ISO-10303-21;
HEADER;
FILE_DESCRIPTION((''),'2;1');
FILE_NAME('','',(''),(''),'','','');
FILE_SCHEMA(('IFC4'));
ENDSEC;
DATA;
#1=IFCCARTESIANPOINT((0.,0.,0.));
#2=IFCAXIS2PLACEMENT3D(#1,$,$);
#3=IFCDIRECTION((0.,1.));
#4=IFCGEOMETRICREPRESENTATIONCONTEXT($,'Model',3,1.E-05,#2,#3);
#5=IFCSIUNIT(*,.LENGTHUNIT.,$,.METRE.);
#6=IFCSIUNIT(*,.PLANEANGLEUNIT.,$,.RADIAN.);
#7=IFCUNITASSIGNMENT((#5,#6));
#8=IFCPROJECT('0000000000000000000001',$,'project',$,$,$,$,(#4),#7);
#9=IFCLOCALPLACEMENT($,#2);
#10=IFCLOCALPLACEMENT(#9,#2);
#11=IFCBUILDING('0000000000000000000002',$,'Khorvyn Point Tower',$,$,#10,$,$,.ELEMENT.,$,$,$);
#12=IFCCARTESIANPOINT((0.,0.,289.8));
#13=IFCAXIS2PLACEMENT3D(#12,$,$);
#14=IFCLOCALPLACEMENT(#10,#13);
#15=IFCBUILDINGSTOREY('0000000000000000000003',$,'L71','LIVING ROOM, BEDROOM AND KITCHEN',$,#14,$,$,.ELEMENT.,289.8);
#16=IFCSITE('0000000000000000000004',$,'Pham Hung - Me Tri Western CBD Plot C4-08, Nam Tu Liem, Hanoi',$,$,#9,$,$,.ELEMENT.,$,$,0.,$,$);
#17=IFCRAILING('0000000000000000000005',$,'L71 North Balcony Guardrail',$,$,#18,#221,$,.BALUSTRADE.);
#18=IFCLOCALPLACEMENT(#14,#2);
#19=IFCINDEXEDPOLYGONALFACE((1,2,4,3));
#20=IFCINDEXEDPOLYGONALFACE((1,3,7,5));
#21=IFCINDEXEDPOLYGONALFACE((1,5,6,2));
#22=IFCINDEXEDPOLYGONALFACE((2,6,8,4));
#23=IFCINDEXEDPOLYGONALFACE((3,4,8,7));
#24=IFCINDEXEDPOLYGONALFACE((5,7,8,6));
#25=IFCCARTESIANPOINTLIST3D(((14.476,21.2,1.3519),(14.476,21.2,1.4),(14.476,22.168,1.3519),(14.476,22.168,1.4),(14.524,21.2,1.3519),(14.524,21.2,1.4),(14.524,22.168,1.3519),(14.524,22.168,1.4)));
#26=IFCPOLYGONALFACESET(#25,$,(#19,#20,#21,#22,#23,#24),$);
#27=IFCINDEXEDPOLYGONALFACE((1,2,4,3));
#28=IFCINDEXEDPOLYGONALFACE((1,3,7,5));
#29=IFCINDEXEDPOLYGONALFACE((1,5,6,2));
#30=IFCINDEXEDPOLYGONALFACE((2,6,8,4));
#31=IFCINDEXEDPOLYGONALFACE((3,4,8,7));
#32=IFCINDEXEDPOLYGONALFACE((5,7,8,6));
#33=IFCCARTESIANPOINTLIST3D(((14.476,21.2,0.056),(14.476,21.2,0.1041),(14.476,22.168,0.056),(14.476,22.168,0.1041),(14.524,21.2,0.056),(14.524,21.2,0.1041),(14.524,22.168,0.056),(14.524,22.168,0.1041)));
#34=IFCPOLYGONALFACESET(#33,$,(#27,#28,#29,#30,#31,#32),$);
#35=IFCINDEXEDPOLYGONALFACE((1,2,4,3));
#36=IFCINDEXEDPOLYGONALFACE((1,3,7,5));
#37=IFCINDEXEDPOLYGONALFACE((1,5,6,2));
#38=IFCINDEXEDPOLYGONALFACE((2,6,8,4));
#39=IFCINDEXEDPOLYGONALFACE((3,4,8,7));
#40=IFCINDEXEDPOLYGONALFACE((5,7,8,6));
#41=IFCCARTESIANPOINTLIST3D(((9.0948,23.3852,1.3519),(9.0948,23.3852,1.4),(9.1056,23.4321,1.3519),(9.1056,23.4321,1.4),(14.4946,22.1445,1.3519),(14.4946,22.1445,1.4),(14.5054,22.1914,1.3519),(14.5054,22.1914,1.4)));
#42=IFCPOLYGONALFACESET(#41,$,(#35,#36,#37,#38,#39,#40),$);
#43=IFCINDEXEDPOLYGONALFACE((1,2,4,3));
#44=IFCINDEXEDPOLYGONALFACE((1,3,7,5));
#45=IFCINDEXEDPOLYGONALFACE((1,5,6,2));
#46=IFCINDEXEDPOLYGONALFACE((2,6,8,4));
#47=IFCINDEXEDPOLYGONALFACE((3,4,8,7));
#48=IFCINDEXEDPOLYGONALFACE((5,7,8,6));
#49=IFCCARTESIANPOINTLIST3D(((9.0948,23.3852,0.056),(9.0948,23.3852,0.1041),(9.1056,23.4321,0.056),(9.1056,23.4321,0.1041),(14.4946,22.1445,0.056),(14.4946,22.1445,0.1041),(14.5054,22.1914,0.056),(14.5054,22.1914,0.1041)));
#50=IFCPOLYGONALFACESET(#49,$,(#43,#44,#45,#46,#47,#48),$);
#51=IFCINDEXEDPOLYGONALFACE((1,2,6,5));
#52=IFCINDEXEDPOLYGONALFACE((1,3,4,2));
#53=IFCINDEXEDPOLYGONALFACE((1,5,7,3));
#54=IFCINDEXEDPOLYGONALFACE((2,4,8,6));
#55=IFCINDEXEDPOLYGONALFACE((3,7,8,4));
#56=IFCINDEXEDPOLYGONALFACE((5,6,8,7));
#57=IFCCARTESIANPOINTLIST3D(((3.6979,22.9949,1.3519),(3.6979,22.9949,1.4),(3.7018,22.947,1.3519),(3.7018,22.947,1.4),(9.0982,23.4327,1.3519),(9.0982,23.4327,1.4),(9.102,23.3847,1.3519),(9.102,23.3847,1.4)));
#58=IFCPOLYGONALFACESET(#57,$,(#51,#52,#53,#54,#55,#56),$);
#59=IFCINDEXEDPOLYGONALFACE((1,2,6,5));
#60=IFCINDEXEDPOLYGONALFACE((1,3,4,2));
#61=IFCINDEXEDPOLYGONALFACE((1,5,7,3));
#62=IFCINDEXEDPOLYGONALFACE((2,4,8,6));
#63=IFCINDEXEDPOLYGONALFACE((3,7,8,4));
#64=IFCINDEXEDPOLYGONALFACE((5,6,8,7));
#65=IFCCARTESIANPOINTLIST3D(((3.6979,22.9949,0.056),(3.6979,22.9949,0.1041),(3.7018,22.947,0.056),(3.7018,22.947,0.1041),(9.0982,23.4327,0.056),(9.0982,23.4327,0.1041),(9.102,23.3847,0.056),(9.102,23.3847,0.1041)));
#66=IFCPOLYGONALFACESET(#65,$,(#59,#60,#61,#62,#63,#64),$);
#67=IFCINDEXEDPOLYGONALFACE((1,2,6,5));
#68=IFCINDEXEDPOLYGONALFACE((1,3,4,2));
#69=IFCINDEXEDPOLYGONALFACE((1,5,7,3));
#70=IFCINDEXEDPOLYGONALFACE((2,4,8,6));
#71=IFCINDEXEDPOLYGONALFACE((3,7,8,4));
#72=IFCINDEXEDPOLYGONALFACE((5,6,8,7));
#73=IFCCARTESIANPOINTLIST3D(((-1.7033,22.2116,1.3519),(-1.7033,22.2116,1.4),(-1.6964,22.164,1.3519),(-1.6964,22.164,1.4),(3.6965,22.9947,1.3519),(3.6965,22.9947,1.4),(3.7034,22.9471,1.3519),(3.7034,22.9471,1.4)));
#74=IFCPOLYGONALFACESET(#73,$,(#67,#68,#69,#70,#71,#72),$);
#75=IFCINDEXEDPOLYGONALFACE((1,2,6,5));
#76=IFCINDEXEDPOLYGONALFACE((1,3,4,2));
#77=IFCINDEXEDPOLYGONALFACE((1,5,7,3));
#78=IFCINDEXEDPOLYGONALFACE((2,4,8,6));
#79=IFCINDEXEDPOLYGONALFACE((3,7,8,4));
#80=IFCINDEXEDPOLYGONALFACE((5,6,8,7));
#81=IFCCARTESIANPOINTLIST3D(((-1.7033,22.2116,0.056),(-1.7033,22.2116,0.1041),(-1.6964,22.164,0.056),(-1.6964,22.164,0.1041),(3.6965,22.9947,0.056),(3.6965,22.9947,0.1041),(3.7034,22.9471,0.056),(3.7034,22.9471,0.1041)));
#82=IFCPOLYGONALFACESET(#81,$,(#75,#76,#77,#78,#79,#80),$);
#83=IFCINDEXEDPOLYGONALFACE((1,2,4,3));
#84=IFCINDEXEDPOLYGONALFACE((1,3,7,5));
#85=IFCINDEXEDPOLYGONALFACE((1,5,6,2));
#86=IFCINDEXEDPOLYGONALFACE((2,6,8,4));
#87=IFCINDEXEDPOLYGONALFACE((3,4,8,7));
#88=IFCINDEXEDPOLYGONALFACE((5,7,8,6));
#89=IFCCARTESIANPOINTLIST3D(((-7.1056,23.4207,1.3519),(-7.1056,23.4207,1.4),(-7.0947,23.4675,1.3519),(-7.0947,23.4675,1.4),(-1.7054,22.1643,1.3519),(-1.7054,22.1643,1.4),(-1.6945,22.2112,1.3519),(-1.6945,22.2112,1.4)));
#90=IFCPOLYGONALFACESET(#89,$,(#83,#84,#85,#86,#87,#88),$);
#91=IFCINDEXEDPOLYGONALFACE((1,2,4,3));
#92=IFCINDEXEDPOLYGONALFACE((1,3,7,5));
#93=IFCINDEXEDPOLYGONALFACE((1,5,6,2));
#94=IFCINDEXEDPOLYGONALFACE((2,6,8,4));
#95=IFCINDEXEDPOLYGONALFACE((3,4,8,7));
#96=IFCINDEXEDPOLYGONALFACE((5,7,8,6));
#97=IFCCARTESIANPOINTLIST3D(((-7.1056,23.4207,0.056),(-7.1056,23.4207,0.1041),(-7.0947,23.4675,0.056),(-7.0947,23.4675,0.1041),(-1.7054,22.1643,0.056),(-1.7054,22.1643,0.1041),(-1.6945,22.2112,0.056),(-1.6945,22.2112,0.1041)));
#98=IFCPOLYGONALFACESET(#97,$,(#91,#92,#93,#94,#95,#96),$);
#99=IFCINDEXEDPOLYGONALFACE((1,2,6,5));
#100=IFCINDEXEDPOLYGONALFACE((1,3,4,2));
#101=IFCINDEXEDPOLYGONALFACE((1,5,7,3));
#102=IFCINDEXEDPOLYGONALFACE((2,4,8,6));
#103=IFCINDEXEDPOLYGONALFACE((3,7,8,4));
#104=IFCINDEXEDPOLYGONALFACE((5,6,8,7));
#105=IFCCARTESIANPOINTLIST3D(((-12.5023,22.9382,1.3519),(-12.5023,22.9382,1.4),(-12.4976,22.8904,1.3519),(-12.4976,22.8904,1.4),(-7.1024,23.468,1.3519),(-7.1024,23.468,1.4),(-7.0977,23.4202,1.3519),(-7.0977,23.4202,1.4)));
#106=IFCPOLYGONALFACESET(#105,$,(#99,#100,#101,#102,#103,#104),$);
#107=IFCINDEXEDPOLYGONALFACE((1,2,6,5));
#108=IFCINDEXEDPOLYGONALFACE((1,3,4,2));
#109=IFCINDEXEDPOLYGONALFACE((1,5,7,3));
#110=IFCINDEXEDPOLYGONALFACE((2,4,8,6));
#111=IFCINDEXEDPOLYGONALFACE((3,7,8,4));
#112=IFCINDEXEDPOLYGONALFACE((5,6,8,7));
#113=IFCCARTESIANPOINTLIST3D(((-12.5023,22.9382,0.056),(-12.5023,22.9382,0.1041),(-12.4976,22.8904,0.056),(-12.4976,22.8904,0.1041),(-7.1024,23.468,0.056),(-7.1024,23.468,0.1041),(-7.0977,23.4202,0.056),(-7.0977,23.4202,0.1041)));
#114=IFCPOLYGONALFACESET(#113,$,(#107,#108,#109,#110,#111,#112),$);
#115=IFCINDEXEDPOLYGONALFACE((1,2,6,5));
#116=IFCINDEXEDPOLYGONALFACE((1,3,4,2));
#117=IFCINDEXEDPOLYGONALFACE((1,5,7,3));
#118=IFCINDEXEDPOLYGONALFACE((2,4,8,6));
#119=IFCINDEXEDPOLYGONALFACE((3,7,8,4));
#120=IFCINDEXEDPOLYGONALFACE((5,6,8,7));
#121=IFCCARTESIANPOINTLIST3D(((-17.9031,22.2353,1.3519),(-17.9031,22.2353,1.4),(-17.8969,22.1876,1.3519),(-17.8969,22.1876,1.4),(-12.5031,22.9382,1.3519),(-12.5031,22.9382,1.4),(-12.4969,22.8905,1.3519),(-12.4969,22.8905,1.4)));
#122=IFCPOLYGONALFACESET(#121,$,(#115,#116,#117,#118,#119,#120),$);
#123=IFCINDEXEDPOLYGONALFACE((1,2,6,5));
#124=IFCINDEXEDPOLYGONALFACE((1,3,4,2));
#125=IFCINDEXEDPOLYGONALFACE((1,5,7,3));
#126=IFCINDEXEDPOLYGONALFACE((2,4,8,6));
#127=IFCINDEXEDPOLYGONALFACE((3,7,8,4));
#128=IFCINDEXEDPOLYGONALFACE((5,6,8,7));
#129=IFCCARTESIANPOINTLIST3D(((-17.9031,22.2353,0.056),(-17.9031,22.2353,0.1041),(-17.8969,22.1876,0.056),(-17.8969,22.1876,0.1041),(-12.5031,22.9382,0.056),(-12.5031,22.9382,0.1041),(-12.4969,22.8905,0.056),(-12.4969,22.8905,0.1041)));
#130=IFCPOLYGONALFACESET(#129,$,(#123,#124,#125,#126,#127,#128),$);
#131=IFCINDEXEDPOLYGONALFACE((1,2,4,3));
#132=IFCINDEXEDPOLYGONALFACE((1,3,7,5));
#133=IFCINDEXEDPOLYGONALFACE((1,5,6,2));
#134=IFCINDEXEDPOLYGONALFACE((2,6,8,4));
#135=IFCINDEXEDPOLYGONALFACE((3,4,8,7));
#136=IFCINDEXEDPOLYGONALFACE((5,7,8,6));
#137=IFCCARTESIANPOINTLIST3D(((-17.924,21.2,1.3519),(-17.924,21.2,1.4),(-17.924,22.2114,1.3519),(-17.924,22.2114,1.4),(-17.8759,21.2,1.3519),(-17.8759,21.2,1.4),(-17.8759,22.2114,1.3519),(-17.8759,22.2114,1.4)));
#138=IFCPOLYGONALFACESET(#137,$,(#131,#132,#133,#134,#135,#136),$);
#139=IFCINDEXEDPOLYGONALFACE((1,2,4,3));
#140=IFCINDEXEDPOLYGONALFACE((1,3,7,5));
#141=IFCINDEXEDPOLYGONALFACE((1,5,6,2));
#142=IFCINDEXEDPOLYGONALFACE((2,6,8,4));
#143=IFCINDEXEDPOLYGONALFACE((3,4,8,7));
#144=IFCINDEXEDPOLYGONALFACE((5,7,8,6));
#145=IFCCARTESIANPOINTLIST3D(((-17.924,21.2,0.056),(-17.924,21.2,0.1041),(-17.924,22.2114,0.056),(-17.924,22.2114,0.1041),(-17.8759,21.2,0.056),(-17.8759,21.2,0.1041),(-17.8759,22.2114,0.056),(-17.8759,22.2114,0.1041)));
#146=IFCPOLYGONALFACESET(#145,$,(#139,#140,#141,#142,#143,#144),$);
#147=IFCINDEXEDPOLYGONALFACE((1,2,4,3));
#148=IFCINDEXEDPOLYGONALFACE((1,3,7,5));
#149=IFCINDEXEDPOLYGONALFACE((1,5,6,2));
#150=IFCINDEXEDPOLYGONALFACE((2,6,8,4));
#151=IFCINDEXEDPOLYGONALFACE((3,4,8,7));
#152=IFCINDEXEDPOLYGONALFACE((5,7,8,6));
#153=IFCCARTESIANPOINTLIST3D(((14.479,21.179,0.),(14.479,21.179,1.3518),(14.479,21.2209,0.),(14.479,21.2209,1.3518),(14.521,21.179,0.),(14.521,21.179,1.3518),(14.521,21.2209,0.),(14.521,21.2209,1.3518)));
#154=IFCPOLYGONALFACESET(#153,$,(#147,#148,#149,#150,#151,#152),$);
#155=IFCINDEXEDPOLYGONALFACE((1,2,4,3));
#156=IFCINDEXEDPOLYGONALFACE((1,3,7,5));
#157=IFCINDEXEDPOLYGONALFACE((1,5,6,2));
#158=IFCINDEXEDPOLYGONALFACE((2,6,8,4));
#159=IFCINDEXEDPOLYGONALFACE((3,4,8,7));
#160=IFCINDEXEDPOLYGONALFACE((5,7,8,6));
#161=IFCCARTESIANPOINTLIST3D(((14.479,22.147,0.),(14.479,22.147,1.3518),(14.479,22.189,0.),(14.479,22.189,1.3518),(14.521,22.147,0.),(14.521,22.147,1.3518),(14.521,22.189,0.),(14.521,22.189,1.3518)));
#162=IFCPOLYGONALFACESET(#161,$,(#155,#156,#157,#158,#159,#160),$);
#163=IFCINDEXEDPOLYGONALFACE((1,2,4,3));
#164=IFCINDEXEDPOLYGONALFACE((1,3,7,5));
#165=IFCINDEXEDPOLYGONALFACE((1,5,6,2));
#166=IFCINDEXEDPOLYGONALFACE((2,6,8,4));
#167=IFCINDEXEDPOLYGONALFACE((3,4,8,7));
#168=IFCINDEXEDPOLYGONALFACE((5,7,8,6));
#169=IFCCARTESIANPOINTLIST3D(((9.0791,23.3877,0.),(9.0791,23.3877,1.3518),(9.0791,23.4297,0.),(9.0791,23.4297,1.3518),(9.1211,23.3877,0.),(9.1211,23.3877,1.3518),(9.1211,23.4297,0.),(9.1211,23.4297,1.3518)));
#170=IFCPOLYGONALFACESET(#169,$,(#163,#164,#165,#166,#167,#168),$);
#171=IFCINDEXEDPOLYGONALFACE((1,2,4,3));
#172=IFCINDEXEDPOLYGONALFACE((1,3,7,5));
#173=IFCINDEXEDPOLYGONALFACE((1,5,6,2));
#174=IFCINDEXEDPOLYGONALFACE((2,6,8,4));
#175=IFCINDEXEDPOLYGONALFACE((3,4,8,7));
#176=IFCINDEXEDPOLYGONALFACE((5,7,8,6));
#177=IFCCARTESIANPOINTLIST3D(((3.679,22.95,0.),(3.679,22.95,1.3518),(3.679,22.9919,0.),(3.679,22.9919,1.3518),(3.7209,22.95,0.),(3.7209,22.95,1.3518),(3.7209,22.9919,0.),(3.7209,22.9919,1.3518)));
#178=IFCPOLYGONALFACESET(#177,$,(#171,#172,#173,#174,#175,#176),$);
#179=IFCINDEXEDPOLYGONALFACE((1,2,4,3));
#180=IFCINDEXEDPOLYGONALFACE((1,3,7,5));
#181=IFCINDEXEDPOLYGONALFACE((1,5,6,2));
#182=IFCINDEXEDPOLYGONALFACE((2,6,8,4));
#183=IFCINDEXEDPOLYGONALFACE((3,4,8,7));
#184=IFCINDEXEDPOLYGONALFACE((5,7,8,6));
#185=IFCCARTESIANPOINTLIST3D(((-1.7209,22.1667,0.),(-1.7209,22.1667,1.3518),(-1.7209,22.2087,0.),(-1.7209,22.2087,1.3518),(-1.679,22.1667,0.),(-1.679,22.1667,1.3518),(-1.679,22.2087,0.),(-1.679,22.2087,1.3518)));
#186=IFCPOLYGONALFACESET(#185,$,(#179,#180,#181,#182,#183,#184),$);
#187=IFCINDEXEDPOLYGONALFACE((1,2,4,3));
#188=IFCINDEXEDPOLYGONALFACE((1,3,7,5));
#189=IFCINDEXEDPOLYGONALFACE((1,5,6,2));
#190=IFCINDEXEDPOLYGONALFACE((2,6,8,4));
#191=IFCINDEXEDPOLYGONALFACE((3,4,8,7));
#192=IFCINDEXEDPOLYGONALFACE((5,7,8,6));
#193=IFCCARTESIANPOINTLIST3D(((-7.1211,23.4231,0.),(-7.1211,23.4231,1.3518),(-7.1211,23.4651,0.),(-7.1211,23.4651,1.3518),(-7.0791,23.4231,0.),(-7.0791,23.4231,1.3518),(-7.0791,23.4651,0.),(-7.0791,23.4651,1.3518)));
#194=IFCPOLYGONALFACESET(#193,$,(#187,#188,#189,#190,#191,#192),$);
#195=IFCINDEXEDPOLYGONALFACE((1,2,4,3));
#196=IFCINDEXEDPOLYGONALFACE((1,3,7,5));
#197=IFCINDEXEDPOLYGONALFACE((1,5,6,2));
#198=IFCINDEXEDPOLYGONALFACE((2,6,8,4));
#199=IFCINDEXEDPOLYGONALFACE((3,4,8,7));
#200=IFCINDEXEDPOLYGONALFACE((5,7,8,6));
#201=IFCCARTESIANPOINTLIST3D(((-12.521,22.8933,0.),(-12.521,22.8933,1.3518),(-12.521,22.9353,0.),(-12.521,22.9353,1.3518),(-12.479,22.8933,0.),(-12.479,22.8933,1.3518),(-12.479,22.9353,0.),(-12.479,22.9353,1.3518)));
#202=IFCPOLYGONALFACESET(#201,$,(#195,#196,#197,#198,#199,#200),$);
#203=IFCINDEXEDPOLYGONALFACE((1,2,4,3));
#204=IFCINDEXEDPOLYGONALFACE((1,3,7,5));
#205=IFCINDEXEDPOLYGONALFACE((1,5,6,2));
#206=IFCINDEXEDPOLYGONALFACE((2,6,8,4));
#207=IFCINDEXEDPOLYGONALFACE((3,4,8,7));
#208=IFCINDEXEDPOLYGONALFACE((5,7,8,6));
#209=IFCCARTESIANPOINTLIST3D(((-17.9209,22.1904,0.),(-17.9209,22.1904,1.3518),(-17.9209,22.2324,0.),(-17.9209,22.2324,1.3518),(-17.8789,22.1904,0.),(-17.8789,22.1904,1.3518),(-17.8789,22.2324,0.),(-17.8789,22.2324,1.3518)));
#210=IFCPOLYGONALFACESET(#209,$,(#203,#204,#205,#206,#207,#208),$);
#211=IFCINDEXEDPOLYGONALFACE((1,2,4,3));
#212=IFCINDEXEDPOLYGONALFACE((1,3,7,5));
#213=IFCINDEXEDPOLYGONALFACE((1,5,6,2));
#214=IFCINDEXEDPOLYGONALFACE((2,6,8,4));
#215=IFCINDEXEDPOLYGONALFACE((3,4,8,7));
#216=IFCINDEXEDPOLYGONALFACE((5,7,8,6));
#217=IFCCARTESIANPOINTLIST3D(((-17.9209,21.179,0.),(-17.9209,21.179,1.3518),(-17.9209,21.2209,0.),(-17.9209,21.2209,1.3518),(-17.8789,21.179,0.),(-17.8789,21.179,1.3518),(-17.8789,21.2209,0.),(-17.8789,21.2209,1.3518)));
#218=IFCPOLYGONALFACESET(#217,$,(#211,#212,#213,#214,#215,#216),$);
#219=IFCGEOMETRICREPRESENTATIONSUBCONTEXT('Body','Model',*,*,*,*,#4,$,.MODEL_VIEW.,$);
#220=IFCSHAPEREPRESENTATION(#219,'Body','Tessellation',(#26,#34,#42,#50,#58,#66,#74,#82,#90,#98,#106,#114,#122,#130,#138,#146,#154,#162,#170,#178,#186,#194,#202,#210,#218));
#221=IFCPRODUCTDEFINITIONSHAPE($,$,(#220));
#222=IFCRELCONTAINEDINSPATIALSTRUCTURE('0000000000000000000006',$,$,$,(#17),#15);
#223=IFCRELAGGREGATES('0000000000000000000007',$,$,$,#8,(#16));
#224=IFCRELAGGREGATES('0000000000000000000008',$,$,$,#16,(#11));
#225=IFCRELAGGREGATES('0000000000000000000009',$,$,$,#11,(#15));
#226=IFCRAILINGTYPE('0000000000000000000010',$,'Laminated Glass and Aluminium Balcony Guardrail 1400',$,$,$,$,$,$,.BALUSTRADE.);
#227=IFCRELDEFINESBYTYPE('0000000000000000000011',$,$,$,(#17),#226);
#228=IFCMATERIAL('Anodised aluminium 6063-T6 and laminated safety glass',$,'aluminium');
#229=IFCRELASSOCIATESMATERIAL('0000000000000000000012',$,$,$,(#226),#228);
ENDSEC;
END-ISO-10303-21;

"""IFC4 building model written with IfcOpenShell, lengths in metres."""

from ifc_helpers import new_model, si_unit, direction, frame, origin, origin_2d, place, context, subcontext, project, spatial, rectangle, extrude, material, type_object, element, save


model = new_model("IFC4")

# Units and contexts
model_context = context("Model", 3, precision=1e-05, world=origin(), true_north=direction((0.0, 1.0)))
body_context = subcontext(model_context, "Body", "Model", "MODEL_VIEW")
ifc_project = project(units=[si_unit("LENGTHUNIT", "METRE"), si_unit("PLANEANGLEUNIT", "RADIAN")], contexts=[model_context])

# Site, building, storey
site_placement = place(None, origin())
site = spatial("IfcSite", under=ifc_project, at=site_placement, Name="Pham Hung - Me Tri Western CBD Plot C4-08, Nam Tu Liem, Hanoi", CompositionType="ELEMENT", RefElevation=0.0)
building_placement = place(site_placement, origin())
building = spatial("IfcBuilding", under=site, at=building_placement, Name="Khorvyn Point Tower", CompositionType="ELEMENT")
storey_placement = place(building_placement, frame((0.0, 0.0, 289.8)))
storey = spatial("IfcBuildingStorey", under=building, at=storey_placement, Name="L71", Description="LIVING ROOM, BEDROOM AND KITCHEN", CompositionType="ELEMENT", Elevation=289.8)

# Railing
ifc_material_1 = material(Name="Anodised aluminium 6063-T6 and laminated safety glass", Category="aluminium")
railing_type = type_object("IfcRailingType", Name="Laminated Glass and Aluminium Balcony Guardrail 1400", PredefinedType="BALUSTRADE", material=ifc_material_1)
railing_1_placement = place(storey_placement, frame((14.5, 21.2, 0.0)))
element("IfcRailing", 1, at=railing_1_placement, inside=storey, type_object=railing_type, Name="L71 North Balcony Guardrail", PredefinedType="BALUSTRADE", context=body_context, shape_type="SweptSolid", body=[
    extrude(rectangle(XDim=0.0481, YDim=0.0481, at=origin_2d()), frame((0.0, 0.0, 1.376), z_axis=(0.0, 1.0, 0.0), x_axis=(-1.0, 0.0, 0.0)), (0.0, 0.0, 1.0), 0.968),
    extrude(rectangle(XDim=0.0481, YDim=0.0481, at=origin_2d()), frame((0.0, 0.0, 0.0801), z_axis=(0.0, 1.0, 0.0), x_axis=(-1.0, 0.0, 0.0)), (0.0, 0.0, 1.0), 0.968),
    extrude(rectangle(XDim=0.0481, YDim=0.0481, at=origin_2d()), frame((0.0, 0.968, 1.376), z_axis=(-0.974605, 0.223933, 0.0), x_axis=(-0.223933, -0.974605, 0.0)), (0.0, 0.0, 1.0), 5.5405),
    extrude(rectangle(XDim=0.0481, YDim=0.0481, at=origin_2d()), frame((0.0, 0.968, 0.0801), z_axis=(-0.974605, 0.223933, 0.0), x_axis=(-0.223933, -0.974605, 0.0)), (0.0, 0.0, 1.0), 5.5405),
    extrude(rectangle(XDim=0.0481, YDim=0.0481, at=origin_2d()), frame((-5.3999, 2.2087, 1.376), z_axis=(-0.996731, -0.080797, 0.0), x_axis=(0.080797, -0.996731, 0.0)), (0.0, 0.0, 1.0), 5.418),
    extrude(rectangle(XDim=0.0481, YDim=0.0481, at=origin_2d()), frame((-5.3999, 2.2087, 0.0801), z_axis=(-0.996731, -0.080797, 0.0), x_axis=(0.080797, -0.996731, 0.0)), (0.0, 0.0, 1.0), 5.418),
    extrude(rectangle(XDim=0.0481, YDim=0.0481, at=origin_2d()), frame((-10.8, 1.771, 1.376), z_axis=(-0.989645, -0.143538, 0.0), x_axis=(0.143538, -0.989645, 0.0)), (0.0, 0.0, 1.0), 5.4563),
    extrude(rectangle(XDim=0.0481, YDim=0.0481, at=origin_2d()), frame((-10.8, 1.771, 0.0801), z_axis=(-0.989645, -0.143538, 0.0), x_axis=(0.143538, -0.989645, 0.0)), (0.0, 0.0, 1.0), 5.4563),
    extrude(rectangle(XDim=0.0481, YDim=0.0481, at=origin_2d()), frame((-16.2, 0.9878, 1.376), z_axis=(-0.973988, 0.226599, 0.0), x_axis=(-0.226599, -0.973988, 0.0)), (0.0, 0.0, 1.0), 5.5444),
    extrude(rectangle(XDim=0.0481, YDim=0.0481, at=origin_2d()), frame((-16.2, 0.9878, 0.0801), z_axis=(-0.973988, 0.226599, 0.0), x_axis=(-0.226599, -0.973988, 0.0)), (0.0, 0.0, 1.0), 5.5444),
    extrude(rectangle(XDim=0.0481, YDim=0.0481, at=origin_2d()), frame((-21.6001, 2.2441, 1.376), z_axis=(-0.995222, -0.097641, 0.0), x_axis=(0.097641, -0.995222, 0.0)), (0.0, 0.0, 1.0), 5.4258),
    extrude(rectangle(XDim=0.0481, YDim=0.0481, at=origin_2d()), frame((-21.6001, 2.2441, 0.0801), z_axis=(-0.995222, -0.097641, 0.0), x_axis=(0.097641, -0.995222, 0.0)), (0.0, 0.0, 1.0), 5.4258),
    extrude(rectangle(XDim=0.0481, YDim=0.0481, at=origin_2d()), frame((-27.0, 1.7144, 1.376), z_axis=(-0.991635, -0.129077, 0.0), x_axis=(0.129077, -0.991635, 0.0)), (0.0, 0.0, 1.0), 5.4456),
    extrude(rectangle(XDim=0.0481, YDim=0.0481, at=origin_2d()), frame((-27.0, 1.7144, 0.0801), z_axis=(-0.991635, -0.129077, 0.0), x_axis=(0.129077, -0.991635, 0.0)), (0.0, 0.0, 1.0), 5.4456),
    extrude(rectangle(XDim=0.0481, YDim=0.0481, at=origin_2d()), frame((-32.3999, 1.0115, 1.376), z_axis=(0.0, -1.0, 0.0), x_axis=(1.0, 0.0, 0.0)), (0.0, 0.0, 1.0), 1.0115),
    extrude(rectangle(XDim=0.0481, YDim=0.0481, at=origin_2d()), frame((-32.3999, 1.0115, 0.0801), z_axis=(0.0, -1.0, 0.0), x_axis=(1.0, 0.0, 0.0)), (0.0, 0.0, 1.0), 1.0115),
    extrude(rectangle(XDim=0.042, YDim=0.042, at=origin_2d()), origin(), (0.0, 0.0, 1.0), 1.3518),
    extrude(rectangle(XDim=0.042, YDim=0.042, at=origin_2d()), frame((0.0, 0.968, 0.0)), (0.0, 0.0, 1.0), 1.3518),
    extrude(rectangle(XDim=0.042, YDim=0.042, at=origin_2d()), frame((-5.3999, 2.2087, 0.0)), (0.0, 0.0, 1.0), 1.3518),
    extrude(rectangle(XDim=0.042, YDim=0.042, at=origin_2d()), frame((-10.8, 1.771, 0.0)), (0.0, 0.0, 1.0), 1.3518),
    extrude(rectangle(XDim=0.042, YDim=0.042, at=origin_2d()), frame((-16.2, 0.9878, 0.0)), (0.0, 0.0, 1.0), 1.3518),
    extrude(rectangle(XDim=0.042, YDim=0.042, at=origin_2d()), frame((-21.6001, 2.2441, 0.0)), (0.0, 0.0, 1.0), 1.3518),
    extrude(rectangle(XDim=0.042, YDim=0.042, at=origin_2d()), frame((-27.0, 1.7144, 0.0)), (0.0, 0.0, 1.0), 1.3518),
    extrude(rectangle(XDim=0.042, YDim=0.042, at=origin_2d()), frame((-32.3999, 1.0115, 0.0)), (0.0, 0.0, 1.0), 1.3518),
    extrude(rectangle(XDim=0.042, YDim=0.042, at=origin_2d()), frame((-32.3999, 0.0, 0.0)), (0.0, 0.0, 1.0), 1.3518),
])

save(model, "model.ifc")
